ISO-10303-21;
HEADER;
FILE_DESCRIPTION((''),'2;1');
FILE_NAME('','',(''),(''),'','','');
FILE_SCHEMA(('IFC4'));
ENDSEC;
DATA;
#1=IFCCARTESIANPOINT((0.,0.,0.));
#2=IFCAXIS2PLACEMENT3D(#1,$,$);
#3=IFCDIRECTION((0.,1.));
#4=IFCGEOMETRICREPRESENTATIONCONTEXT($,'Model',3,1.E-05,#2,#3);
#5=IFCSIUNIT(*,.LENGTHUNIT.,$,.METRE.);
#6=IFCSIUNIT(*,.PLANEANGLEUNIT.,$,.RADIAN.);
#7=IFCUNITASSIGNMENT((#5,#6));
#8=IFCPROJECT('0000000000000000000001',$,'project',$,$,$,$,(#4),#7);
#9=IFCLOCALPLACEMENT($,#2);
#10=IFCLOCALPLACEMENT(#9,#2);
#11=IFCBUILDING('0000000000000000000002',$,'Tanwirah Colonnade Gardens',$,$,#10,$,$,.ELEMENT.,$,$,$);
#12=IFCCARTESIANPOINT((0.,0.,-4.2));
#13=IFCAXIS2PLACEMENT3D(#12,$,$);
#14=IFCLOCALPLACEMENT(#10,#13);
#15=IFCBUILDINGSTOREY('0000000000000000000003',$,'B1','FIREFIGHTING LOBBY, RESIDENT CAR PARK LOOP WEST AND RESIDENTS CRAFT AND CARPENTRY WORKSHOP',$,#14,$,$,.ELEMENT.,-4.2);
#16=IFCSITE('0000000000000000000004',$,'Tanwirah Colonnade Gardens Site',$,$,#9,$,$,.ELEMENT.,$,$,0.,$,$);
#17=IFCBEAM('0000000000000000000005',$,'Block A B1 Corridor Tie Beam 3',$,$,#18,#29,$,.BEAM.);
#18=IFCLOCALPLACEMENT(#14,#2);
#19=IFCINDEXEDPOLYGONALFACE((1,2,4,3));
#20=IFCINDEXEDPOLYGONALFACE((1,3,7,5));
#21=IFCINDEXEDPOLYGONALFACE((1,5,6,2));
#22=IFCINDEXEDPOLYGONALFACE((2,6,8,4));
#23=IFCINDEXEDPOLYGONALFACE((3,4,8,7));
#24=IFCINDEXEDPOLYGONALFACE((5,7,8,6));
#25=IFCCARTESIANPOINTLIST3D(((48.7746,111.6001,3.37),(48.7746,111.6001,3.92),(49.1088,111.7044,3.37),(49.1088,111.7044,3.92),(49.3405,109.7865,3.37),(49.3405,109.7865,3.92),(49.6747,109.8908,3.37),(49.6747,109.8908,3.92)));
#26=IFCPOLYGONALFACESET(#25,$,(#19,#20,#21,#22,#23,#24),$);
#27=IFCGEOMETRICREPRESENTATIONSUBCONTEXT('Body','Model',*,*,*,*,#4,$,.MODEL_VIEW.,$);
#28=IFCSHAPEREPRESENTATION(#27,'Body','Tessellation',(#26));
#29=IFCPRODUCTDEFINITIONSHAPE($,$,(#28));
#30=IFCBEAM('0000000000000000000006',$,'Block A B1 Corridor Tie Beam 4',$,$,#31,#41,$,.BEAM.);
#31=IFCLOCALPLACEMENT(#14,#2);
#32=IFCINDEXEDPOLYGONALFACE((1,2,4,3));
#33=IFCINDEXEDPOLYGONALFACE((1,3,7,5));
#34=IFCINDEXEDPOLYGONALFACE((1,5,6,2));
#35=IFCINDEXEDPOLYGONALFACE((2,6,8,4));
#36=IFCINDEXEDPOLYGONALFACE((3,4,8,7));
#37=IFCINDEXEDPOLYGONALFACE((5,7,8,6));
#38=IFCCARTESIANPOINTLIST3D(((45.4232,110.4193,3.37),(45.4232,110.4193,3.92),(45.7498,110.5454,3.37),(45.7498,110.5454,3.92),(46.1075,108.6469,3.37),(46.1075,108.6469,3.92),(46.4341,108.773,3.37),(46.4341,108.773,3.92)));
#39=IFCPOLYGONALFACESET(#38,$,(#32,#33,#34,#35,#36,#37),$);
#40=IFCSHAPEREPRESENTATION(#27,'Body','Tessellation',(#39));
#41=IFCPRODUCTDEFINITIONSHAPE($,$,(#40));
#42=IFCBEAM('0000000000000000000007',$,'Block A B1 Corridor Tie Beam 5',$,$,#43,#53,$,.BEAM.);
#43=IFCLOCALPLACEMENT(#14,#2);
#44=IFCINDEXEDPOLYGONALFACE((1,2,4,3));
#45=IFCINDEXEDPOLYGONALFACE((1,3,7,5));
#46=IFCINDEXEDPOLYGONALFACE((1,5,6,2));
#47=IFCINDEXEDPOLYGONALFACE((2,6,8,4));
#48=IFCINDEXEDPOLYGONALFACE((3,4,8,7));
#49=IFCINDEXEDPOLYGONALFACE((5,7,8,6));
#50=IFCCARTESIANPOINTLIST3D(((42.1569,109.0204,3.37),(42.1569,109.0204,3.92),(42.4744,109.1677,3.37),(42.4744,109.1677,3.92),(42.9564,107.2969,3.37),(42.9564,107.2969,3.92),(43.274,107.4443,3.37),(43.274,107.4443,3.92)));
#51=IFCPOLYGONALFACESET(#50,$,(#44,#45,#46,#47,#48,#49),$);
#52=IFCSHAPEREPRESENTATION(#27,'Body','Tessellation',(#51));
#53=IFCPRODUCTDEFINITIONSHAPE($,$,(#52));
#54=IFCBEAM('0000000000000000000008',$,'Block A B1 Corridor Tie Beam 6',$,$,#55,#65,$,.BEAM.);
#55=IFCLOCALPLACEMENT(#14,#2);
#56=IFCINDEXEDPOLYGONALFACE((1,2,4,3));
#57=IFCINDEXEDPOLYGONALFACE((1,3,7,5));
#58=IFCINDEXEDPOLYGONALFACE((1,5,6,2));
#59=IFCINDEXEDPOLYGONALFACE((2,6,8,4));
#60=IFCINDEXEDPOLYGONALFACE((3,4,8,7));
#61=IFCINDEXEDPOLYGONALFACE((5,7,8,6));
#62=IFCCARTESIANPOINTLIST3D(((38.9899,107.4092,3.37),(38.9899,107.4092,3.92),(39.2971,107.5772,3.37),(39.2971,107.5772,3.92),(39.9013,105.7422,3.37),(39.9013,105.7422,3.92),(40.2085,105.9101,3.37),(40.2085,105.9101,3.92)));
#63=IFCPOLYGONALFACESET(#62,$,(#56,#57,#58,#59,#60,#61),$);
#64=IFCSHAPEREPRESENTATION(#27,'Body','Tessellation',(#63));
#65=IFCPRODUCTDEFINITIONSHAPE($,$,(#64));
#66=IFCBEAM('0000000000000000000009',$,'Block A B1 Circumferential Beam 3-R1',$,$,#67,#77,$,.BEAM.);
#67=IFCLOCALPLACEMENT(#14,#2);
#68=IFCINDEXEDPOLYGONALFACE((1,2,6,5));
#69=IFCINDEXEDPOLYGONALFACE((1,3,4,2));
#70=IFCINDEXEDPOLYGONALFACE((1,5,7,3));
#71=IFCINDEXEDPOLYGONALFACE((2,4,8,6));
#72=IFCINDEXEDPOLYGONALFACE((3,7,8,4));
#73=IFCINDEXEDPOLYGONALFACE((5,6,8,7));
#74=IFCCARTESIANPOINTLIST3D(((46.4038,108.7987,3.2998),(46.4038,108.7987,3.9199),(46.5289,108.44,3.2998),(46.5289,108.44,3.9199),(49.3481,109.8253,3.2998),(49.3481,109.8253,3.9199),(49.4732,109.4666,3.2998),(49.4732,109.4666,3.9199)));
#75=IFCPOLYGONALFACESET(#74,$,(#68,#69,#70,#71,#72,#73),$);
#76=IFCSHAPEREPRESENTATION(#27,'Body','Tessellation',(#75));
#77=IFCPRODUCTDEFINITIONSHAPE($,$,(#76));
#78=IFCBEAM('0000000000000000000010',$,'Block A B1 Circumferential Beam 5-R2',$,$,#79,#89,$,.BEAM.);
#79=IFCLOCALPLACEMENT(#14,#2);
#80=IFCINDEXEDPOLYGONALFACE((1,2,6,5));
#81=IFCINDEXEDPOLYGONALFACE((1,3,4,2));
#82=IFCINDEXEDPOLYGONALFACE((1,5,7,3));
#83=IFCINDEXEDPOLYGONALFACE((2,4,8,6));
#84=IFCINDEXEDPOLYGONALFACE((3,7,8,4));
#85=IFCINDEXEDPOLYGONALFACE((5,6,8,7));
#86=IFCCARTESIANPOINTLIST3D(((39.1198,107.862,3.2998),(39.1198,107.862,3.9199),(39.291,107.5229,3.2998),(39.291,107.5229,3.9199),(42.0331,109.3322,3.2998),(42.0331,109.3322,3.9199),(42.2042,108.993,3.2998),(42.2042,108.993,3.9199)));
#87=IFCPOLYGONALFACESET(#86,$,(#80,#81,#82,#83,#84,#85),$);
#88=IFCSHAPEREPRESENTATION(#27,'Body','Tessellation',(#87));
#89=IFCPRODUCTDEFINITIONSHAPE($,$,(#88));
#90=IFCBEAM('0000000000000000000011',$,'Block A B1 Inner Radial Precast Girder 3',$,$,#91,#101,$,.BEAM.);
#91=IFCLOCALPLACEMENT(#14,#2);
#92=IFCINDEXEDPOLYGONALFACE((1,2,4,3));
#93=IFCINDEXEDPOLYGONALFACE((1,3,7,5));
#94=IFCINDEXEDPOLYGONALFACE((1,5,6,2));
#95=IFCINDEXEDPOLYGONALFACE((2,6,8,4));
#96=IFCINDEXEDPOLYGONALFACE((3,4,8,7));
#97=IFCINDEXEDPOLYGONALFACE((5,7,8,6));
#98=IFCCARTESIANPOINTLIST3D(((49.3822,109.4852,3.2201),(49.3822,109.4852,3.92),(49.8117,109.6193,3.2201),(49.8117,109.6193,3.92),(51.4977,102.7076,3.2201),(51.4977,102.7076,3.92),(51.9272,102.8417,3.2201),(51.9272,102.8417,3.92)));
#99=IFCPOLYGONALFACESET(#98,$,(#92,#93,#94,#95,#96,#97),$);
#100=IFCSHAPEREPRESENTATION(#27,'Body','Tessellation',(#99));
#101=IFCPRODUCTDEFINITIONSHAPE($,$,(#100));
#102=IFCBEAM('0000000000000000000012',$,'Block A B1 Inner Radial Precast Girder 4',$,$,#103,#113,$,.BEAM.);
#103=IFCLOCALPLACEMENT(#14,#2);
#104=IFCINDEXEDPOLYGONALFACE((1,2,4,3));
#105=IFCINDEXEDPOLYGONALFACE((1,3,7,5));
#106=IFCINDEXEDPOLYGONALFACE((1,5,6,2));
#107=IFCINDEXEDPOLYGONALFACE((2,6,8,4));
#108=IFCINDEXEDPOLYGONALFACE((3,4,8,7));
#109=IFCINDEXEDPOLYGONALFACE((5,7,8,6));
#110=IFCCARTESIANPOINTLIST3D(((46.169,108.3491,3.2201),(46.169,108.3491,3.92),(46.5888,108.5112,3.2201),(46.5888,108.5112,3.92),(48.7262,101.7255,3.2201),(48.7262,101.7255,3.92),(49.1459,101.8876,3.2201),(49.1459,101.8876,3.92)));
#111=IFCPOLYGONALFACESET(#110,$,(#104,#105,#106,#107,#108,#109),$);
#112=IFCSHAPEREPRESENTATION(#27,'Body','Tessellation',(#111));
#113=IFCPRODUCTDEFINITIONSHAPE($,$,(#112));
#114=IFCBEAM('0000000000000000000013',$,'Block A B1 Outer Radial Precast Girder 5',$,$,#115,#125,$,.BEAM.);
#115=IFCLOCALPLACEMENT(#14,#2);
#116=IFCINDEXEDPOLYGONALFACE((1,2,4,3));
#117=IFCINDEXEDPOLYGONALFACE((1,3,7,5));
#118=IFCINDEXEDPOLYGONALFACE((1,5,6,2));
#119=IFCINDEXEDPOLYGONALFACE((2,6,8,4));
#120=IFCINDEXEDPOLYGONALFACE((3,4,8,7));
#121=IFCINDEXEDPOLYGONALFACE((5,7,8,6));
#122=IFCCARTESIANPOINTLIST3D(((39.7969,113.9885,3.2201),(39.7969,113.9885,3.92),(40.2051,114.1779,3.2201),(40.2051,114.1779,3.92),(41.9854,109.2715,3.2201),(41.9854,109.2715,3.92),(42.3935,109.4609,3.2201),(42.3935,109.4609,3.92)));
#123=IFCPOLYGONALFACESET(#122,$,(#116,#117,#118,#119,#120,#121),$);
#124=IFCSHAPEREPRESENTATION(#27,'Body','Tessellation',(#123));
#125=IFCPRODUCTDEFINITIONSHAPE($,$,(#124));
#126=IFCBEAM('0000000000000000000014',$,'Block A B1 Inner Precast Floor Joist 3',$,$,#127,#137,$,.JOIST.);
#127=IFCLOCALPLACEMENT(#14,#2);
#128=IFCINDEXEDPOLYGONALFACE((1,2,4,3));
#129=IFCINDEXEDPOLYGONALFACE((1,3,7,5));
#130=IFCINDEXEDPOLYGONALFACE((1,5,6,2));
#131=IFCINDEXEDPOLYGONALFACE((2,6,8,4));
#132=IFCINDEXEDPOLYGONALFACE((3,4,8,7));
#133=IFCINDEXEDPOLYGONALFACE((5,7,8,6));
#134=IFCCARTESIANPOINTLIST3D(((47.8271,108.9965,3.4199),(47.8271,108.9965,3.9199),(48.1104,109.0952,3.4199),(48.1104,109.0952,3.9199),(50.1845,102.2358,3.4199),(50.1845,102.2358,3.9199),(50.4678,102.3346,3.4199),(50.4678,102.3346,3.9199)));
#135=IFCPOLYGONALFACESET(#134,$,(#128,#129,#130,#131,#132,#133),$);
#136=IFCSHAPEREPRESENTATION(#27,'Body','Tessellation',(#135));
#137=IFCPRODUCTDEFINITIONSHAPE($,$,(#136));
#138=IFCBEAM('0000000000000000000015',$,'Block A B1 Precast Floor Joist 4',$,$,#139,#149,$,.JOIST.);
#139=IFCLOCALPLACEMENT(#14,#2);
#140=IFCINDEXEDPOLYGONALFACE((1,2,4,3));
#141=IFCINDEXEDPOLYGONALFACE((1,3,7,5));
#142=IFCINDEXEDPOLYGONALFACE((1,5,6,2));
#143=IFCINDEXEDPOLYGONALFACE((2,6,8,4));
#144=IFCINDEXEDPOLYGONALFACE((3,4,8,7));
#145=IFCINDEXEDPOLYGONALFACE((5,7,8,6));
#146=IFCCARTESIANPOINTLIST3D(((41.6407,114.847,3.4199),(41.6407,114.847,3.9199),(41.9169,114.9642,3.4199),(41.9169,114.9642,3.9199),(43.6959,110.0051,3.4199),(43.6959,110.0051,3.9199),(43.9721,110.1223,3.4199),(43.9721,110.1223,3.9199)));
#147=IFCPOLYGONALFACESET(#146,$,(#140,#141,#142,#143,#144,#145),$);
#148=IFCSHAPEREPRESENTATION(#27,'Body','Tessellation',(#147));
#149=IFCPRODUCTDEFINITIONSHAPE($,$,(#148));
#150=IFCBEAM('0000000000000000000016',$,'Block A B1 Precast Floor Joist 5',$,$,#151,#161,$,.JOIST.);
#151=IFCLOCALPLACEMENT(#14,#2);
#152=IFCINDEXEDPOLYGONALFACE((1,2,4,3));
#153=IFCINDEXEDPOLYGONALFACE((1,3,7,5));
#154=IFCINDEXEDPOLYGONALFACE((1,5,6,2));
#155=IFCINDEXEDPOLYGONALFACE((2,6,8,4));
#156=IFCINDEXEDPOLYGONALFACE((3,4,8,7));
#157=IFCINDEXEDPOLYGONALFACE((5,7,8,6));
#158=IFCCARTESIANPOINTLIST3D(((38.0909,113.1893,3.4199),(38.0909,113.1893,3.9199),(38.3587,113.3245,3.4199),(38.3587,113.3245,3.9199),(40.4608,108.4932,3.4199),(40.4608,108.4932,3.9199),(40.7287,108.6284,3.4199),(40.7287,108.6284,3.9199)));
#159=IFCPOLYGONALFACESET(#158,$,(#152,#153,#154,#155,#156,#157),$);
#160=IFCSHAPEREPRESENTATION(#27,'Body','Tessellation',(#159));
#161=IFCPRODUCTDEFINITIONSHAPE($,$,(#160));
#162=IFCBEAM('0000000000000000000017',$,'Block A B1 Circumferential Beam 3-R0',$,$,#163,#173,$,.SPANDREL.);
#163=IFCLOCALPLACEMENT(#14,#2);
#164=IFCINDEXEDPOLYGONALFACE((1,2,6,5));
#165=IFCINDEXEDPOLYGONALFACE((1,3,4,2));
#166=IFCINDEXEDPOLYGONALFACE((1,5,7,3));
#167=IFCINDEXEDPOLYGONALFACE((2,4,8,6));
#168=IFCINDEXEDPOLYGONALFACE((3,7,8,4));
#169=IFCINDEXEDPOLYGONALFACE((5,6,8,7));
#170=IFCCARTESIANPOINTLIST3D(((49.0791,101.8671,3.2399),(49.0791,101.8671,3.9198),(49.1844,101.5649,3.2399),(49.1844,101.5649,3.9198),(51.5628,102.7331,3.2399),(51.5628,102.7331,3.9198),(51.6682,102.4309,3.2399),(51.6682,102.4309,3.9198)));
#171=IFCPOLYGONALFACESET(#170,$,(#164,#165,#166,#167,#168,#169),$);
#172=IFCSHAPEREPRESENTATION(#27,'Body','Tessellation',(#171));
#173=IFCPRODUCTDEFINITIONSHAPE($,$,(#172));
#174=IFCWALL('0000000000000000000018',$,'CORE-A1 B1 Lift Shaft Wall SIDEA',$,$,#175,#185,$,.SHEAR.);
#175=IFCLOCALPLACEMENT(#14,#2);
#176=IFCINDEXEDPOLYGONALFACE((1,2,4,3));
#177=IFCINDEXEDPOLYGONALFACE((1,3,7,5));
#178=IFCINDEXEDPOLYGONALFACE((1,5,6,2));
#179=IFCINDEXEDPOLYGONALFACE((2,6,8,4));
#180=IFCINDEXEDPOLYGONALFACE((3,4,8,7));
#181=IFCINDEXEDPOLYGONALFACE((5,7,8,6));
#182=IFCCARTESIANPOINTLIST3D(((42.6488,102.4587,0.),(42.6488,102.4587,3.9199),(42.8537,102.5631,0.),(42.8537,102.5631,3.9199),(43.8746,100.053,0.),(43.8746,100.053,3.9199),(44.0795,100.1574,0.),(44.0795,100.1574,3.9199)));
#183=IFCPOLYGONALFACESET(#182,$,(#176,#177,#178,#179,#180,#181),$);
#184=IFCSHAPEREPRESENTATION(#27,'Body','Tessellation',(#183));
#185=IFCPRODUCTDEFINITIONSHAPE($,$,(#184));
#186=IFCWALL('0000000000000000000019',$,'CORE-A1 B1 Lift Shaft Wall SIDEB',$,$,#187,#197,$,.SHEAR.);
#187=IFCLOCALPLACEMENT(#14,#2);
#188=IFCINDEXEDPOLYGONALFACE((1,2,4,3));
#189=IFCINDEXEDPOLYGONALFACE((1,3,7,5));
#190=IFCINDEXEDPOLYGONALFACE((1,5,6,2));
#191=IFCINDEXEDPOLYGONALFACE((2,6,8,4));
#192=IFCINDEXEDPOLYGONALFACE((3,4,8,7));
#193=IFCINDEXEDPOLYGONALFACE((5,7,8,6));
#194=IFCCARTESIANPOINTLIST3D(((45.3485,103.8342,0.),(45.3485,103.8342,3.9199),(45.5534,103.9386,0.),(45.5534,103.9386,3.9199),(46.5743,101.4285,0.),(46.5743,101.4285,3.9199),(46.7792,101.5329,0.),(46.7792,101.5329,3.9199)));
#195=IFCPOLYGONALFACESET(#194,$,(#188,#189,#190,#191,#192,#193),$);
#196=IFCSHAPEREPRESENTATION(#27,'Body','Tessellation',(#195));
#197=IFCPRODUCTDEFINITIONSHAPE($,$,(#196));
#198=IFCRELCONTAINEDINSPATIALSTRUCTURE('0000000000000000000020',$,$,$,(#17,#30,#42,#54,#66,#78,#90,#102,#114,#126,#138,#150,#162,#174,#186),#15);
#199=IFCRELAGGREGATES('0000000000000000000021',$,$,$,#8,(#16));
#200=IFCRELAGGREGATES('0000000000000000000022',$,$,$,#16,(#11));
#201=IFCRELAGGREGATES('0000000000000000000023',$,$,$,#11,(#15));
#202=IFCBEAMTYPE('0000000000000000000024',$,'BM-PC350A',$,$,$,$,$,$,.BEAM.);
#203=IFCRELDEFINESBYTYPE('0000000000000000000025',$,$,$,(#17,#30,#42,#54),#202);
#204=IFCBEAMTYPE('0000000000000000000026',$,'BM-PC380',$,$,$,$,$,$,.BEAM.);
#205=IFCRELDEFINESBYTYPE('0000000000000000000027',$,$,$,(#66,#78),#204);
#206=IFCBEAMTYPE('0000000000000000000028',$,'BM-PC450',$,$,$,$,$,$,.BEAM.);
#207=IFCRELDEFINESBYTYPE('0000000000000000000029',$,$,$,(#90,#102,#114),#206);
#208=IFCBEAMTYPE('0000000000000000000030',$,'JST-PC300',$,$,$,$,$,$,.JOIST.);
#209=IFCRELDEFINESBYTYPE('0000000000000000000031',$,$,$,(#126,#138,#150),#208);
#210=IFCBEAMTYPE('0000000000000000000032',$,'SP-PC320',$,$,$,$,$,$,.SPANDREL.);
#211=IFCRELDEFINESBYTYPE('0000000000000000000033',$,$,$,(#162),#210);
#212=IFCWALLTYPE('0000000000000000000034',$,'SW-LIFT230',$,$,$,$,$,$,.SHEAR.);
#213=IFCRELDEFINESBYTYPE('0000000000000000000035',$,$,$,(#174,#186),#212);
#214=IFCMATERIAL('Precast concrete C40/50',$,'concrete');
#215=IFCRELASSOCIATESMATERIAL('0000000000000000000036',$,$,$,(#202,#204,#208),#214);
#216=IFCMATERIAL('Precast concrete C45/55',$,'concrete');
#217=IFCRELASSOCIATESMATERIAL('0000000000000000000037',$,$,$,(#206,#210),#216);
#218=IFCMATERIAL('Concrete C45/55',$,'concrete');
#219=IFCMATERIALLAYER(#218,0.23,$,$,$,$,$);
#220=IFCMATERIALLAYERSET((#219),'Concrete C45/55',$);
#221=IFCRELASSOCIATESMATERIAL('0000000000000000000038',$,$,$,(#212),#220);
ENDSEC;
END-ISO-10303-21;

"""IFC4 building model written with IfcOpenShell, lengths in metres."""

from ifc_helpers import new_model, si_unit, direction, frame, frame_2d, origin, origin_2d, place, context, subcontext, project, spatial, rectangle, extrude, material, layer, layer_set, material_profile, profile_set, type_object, element, save


model = new_model("IFC4")

# Units and contexts
model_context = context("Model", 3, precision=1e-05, world=origin(), true_north=direction((0.0, 1.0)))
body_context = subcontext(model_context, "Body", "Model", "MODEL_VIEW")
ifc_project = project(units=[si_unit("LENGTHUNIT", "METRE"), si_unit("PLANEANGLEUNIT", "RADIAN")], contexts=[model_context])

# Site, building, storey
site_placement = place(None, origin())
site = spatial("IfcSite", under=ifc_project, at=site_placement, Name="Tanwirah Colonnade Gardens Site", CompositionType="ELEMENT", RefElevation=0.0)
building_placement = place(site_placement, origin())
building = spatial("IfcBuilding", under=site, at=building_placement, Name="Tanwirah Colonnade Gardens", CompositionType="ELEMENT")
storey_placement = place(building_placement, frame((0.0, 0.0, -4.2)))
storey = spatial("IfcBuildingStorey", under=building, at=storey_placement, Name="B1", Description="FIREFIGHTING LOBBY, RESIDENT CAR PARK LOOP WEST AND RESIDENTS CRAFT AND CARPENTRY WORKSHOP", CompositionType="ELEMENT", Elevation=-4.2)

# Shared definitions
ifc_material_1 = material(Name="Concrete C45/55", Category="concrete")

# Beams
ifc_material_2 = material(Name="Precast concrete C40/50", Category="concrete")
ifc_material_profile_1 = material_profile(ifc_material_2, rectangle(XDim=0.3501, YDim=0.55, at=origin_2d()), Name="PC-BM 350x550")
ifc_profile_set_1 = profile_set([ifc_material_profile_1], Name="Precast concrete C40/50")
beam_type_1 = type_object("IfcBeamType", Name="BM-PC350A", PredefinedType="BEAM", material=ifc_profile_set_1)
for number, where, z_axis, x_axis, name in (
    (1, (49.5076, 109.8386, 3.645), (-0.297858, 0.95461, 0.0), (-0.95461, -0.297858, 0.0), "Block A B1 Corridor Tie Beam 3"),
    (2, (46.2708, 108.71, 3.645), (-0.360176, 0.932885, 0.0), (-0.932885, -0.360176, 0.0), "Block A B1 Corridor Tie Beam 4"),
    (3, (43.1152, 107.3706, 3.645), (-0.420858, 0.907126, 0.0), (-0.907126, -0.420858, 0.0), "Block A B1 Corridor Tie Beam 5"),
    (4, (40.0549, 105.8262, 3.645), (-0.479707, 0.877429, 0.0), (-0.877429, -0.479707, 0.0), "Block A B1 Corridor Tie Beam 6"),
):
    element("IfcBeam", number, at=place(storey_placement, frame(where, z_axis=z_axis, x_axis=x_axis)), inside=storey, type_object=beam_type_1, Name=name, PredefinedType="BEAM", context=body_context, shape_type="SweptSolid", body=[
        extrude(rectangle(XDim=0.3501, YDim=0.55, at=origin_2d()), origin(), (0.0, 0.0, 1.0), 1.8999),
    ])
ifc_material_profile_2 = material_profile(ifc_material_2, rectangle(XDim=0.3799, YDim=0.6201, at=origin_2d()), Name="PC-BM 380x620")
ifc_profile_set_2 = profile_set([ifc_material_profile_2], Name="Precast concrete C40/50")
beam_type_2 = type_object("IfcBeamType", Name="BM-PC380", PredefinedType="BEAM", material=ifc_profile_set_2)
beam_1_placement = place(storey_placement, frame((49.4106, 109.646, 3.6099), z_axis=(-0.944248, -0.329234, 0.0), x_axis=(0.329234, -0.944248, 0.0)))
element("IfcBeam", 5, at=beam_1_placement, inside=storey, type_object=beam_type_2, Name="Block A B1 Circumferential Beam 3-R1", PredefinedType="BEAM", context=body_context, shape_type="SweptSolid", body=[
    extrude(rectangle(XDim=0.3799, YDim=0.6201, at=origin_2d()), origin(), (0.0, 0.0, 1.0), 3.1182),
])
beam_2_placement = place(storey_placement, frame((42.1187, 109.1626, 3.6099), z_axis=(-0.89276, -0.450532, 0.0), x_axis=(0.450532, -0.89276, 0.0)))
element("IfcBeam", 6, at=beam_2_placement, inside=storey, type_object=beam_type_2, Name="Block A B1 Circumferential Beam 5-R2", PredefinedType="BEAM", context=body_context, shape_type="SweptSolid", body=[
    extrude(rectangle(XDim=0.3799, YDim=0.6201, at=origin_2d()), origin(), (0.0, 0.0, 1.0), 3.2632),
])
ifc_material_3 = material(Name="Precast concrete C45/55", Category="concrete")
ifc_material_profile_3 = material_profile(ifc_material_3, rectangle(XDim=0.45, YDim=0.7, at=origin_2d()), Name="PC-BM 450x700")
ifc_profile_set_3 = profile_set([ifc_material_profile_3], Name="Precast concrete C45/55")
beam_type_3 = type_object("IfcBeamType", Name="BM-PC450", PredefinedType="BEAM", material=ifc_profile_set_3)
for number, where, z_axis, x_axis, name in (
    (7, (49.5969, 109.5522, 3.5701), (0.297952, -0.954581, 0.0), (0.954581, 0.297952, 0.0), "Block A B1 Inner Radial Precast Girder 3"),
    (8, (46.3789, 108.4302, 3.5701), (0.360159, -0.932891, 0.0), (0.932891, 0.360159, 0.0), "Block A B1 Inner Radial Precast Girder 4"),
):
    element("IfcBeam", number, at=place(storey_placement, frame(where, z_axis=z_axis, x_axis=x_axis)), inside=storey, type_object=beam_type_3, Name=name, PredefinedType="BEAM", context=body_context, shape_type="SweptSolid", body=[
        extrude(rectangle(XDim=0.45, YDim=0.7, at=origin_2d()), origin(), (0.0, 0.0, 1.0), 7.1001),
    ])
beam_3_placement = place(storey_placement, frame((42.1895, 109.3662, 3.5701), z_axis=(-0.420862, 0.907125, 0.0), x_axis=(-0.907125, -0.420862, 0.0)))
element("IfcBeam", 9, at=beam_3_placement, inside=storey, type_object=beam_type_3, Name="Block A B1 Outer Radial Precast Girder 5", PredefinedType="BEAM", context=body_context, shape_type="SweptSolid", body=[
    extrude(rectangle(XDim=0.45, YDim=0.7, at=origin_2d()), origin(), (0.0, 0.0, 1.0), 5.2),
])
ifc_material_profile_4 = material_profile(ifc_material_2, rectangle(XDim=0.3, YDim=0.5, at=origin_2d()), Name="PC-JST 300x500")
ifc_profile_set_4 = profile_set([ifc_material_profile_4], Name="Precast concrete C40/50")
beam_type_4 = type_object("IfcBeamType", Name="JST-PC300", PredefinedType="JOIST", material=ifc_profile_set_4)
beam_4_placement = place(storey_placement, frame((50.3262, 102.2852, 3.6699), z_axis=(-0.329251, 0.944243, 0.0), x_axis=(-0.944243, -0.329251, 0.0)))
element("IfcBeam", 10, at=beam_4_placement, inside=storey, type_object=beam_type_4, Name="Block A B1 Inner Precast Floor Joist 3", PredefinedType="JOIST", context=body_context, shape_type="SweptSolid", body=[
    extrude(rectangle(XDim=0.3, YDim=0.5, at=origin_2d()), origin(), (0.0, 0.0, 1.0), 7.1599),
])
beam_5_placement = place(storey_placement, frame((43.834, 110.0637, 3.6699), z_axis=(-0.390724, 0.920508, 0.0), x_axis=(-0.920508, -0.390724, 0.0)))
element("IfcBeam", 11, at=beam_5_placement, inside=storey, type_object=beam_type_4, Name="Block A B1 Precast Floor Joist 4", PredefinedType="JOIST", context=body_context, shape_type="SweptSolid", body=[
    extrude(rectangle(XDim=0.3, YDim=0.5, at=origin_2d()), origin(), (0.0, 0.0, 1.0), 5.26),
])
beam_6_placement = place(storey_placement, frame((40.5947, 108.5608, 3.6699), z_axis=(-0.450534, 0.892759, 0.0), x_axis=(-0.892759, -0.450534, 0.0)))
element("IfcBeam", 12, at=beam_6_placement, inside=storey, type_object=beam_type_4, Name="Block A B1 Precast Floor Joist 5", PredefinedType="JOIST", context=body_context, shape_type="SweptSolid", body=[
    extrude(rectangle(XDim=0.3, YDim=0.5, at=origin_2d()), origin(), (0.0, 0.0, 1.0), 5.2603),
])
ifc_material_profile_5 = material_profile(ifc_material_3, rectangle(XDim=0.3201, YDim=0.6799, at=origin_2d()), Name="PC-SP 320x680")
ifc_profile_set_5 = profile_set([ifc_material_profile_5], Name="Precast concrete C45/55")
beam_type_5 = type_object("IfcBeamType", Name="SP-PC320", PredefinedType="SPANDREL", material=ifc_profile_set_5)
beam_7_placement = place(storey_placement, frame((51.6155, 102.582, 3.5798), z_axis=(-0.94425, -0.32923, 0.0), x_axis=(0.32923, -0.94425, 0.0)))
element("IfcBeam", 13, at=beam_7_placement, inside=storey, type_object=beam_type_5, Name="Block A B1 Circumferential Beam 3-R0", PredefinedType="SPANDREL", context=body_context, shape_type="SweptSolid", body=[
    extrude(rectangle(XDim=0.3201, YDim=0.6799, at=origin_2d()), origin(), (0.0, 0.0, 1.0), 2.6304),
])

# Shared definitions
ifc_layer_1 = layer(ifc_material_1, 0.23)
ifc_layer_set_1 = layer_set([ifc_layer_1], Name="Concrete C45/55")
wall_type_1 = type_object("IfcWallType", Name="SW-LIFT230", PredefinedType="SHEAR", material=ifc_layer_set_1)

# Walls
for number, where, z_axis, x_axis, name in (
    (14, (42.7512, 102.511, 0.0), (0.0, 0.0, 1.0), (0.454, -0.891002, 0.0), "CORE-A1 B1 Lift Shaft Wall SIDEA"),
    (15, (45.4509, 103.8865, 0.0), (0.0, 0.0, 1.0), (0.454, -0.891002, 0.0), "CORE-A1 B1 Lift Shaft Wall SIDEB"),
):
    element("IfcWall", number, at=place(storey_placement, frame(where, z_axis=z_axis, x_axis=x_axis)), inside=storey, type_object=wall_type_1, Name=name, PredefinedType="SHEAR", context=body_context, shape_type="SweptSolid", body=[
        extrude(rectangle(XDim=2.7, YDim=0.23, at=frame_2d((1.3501, 0.0))), origin(), (0.0, 0.0, 1.0), 3.9199),
    ])

save(model, "model.ifc")
